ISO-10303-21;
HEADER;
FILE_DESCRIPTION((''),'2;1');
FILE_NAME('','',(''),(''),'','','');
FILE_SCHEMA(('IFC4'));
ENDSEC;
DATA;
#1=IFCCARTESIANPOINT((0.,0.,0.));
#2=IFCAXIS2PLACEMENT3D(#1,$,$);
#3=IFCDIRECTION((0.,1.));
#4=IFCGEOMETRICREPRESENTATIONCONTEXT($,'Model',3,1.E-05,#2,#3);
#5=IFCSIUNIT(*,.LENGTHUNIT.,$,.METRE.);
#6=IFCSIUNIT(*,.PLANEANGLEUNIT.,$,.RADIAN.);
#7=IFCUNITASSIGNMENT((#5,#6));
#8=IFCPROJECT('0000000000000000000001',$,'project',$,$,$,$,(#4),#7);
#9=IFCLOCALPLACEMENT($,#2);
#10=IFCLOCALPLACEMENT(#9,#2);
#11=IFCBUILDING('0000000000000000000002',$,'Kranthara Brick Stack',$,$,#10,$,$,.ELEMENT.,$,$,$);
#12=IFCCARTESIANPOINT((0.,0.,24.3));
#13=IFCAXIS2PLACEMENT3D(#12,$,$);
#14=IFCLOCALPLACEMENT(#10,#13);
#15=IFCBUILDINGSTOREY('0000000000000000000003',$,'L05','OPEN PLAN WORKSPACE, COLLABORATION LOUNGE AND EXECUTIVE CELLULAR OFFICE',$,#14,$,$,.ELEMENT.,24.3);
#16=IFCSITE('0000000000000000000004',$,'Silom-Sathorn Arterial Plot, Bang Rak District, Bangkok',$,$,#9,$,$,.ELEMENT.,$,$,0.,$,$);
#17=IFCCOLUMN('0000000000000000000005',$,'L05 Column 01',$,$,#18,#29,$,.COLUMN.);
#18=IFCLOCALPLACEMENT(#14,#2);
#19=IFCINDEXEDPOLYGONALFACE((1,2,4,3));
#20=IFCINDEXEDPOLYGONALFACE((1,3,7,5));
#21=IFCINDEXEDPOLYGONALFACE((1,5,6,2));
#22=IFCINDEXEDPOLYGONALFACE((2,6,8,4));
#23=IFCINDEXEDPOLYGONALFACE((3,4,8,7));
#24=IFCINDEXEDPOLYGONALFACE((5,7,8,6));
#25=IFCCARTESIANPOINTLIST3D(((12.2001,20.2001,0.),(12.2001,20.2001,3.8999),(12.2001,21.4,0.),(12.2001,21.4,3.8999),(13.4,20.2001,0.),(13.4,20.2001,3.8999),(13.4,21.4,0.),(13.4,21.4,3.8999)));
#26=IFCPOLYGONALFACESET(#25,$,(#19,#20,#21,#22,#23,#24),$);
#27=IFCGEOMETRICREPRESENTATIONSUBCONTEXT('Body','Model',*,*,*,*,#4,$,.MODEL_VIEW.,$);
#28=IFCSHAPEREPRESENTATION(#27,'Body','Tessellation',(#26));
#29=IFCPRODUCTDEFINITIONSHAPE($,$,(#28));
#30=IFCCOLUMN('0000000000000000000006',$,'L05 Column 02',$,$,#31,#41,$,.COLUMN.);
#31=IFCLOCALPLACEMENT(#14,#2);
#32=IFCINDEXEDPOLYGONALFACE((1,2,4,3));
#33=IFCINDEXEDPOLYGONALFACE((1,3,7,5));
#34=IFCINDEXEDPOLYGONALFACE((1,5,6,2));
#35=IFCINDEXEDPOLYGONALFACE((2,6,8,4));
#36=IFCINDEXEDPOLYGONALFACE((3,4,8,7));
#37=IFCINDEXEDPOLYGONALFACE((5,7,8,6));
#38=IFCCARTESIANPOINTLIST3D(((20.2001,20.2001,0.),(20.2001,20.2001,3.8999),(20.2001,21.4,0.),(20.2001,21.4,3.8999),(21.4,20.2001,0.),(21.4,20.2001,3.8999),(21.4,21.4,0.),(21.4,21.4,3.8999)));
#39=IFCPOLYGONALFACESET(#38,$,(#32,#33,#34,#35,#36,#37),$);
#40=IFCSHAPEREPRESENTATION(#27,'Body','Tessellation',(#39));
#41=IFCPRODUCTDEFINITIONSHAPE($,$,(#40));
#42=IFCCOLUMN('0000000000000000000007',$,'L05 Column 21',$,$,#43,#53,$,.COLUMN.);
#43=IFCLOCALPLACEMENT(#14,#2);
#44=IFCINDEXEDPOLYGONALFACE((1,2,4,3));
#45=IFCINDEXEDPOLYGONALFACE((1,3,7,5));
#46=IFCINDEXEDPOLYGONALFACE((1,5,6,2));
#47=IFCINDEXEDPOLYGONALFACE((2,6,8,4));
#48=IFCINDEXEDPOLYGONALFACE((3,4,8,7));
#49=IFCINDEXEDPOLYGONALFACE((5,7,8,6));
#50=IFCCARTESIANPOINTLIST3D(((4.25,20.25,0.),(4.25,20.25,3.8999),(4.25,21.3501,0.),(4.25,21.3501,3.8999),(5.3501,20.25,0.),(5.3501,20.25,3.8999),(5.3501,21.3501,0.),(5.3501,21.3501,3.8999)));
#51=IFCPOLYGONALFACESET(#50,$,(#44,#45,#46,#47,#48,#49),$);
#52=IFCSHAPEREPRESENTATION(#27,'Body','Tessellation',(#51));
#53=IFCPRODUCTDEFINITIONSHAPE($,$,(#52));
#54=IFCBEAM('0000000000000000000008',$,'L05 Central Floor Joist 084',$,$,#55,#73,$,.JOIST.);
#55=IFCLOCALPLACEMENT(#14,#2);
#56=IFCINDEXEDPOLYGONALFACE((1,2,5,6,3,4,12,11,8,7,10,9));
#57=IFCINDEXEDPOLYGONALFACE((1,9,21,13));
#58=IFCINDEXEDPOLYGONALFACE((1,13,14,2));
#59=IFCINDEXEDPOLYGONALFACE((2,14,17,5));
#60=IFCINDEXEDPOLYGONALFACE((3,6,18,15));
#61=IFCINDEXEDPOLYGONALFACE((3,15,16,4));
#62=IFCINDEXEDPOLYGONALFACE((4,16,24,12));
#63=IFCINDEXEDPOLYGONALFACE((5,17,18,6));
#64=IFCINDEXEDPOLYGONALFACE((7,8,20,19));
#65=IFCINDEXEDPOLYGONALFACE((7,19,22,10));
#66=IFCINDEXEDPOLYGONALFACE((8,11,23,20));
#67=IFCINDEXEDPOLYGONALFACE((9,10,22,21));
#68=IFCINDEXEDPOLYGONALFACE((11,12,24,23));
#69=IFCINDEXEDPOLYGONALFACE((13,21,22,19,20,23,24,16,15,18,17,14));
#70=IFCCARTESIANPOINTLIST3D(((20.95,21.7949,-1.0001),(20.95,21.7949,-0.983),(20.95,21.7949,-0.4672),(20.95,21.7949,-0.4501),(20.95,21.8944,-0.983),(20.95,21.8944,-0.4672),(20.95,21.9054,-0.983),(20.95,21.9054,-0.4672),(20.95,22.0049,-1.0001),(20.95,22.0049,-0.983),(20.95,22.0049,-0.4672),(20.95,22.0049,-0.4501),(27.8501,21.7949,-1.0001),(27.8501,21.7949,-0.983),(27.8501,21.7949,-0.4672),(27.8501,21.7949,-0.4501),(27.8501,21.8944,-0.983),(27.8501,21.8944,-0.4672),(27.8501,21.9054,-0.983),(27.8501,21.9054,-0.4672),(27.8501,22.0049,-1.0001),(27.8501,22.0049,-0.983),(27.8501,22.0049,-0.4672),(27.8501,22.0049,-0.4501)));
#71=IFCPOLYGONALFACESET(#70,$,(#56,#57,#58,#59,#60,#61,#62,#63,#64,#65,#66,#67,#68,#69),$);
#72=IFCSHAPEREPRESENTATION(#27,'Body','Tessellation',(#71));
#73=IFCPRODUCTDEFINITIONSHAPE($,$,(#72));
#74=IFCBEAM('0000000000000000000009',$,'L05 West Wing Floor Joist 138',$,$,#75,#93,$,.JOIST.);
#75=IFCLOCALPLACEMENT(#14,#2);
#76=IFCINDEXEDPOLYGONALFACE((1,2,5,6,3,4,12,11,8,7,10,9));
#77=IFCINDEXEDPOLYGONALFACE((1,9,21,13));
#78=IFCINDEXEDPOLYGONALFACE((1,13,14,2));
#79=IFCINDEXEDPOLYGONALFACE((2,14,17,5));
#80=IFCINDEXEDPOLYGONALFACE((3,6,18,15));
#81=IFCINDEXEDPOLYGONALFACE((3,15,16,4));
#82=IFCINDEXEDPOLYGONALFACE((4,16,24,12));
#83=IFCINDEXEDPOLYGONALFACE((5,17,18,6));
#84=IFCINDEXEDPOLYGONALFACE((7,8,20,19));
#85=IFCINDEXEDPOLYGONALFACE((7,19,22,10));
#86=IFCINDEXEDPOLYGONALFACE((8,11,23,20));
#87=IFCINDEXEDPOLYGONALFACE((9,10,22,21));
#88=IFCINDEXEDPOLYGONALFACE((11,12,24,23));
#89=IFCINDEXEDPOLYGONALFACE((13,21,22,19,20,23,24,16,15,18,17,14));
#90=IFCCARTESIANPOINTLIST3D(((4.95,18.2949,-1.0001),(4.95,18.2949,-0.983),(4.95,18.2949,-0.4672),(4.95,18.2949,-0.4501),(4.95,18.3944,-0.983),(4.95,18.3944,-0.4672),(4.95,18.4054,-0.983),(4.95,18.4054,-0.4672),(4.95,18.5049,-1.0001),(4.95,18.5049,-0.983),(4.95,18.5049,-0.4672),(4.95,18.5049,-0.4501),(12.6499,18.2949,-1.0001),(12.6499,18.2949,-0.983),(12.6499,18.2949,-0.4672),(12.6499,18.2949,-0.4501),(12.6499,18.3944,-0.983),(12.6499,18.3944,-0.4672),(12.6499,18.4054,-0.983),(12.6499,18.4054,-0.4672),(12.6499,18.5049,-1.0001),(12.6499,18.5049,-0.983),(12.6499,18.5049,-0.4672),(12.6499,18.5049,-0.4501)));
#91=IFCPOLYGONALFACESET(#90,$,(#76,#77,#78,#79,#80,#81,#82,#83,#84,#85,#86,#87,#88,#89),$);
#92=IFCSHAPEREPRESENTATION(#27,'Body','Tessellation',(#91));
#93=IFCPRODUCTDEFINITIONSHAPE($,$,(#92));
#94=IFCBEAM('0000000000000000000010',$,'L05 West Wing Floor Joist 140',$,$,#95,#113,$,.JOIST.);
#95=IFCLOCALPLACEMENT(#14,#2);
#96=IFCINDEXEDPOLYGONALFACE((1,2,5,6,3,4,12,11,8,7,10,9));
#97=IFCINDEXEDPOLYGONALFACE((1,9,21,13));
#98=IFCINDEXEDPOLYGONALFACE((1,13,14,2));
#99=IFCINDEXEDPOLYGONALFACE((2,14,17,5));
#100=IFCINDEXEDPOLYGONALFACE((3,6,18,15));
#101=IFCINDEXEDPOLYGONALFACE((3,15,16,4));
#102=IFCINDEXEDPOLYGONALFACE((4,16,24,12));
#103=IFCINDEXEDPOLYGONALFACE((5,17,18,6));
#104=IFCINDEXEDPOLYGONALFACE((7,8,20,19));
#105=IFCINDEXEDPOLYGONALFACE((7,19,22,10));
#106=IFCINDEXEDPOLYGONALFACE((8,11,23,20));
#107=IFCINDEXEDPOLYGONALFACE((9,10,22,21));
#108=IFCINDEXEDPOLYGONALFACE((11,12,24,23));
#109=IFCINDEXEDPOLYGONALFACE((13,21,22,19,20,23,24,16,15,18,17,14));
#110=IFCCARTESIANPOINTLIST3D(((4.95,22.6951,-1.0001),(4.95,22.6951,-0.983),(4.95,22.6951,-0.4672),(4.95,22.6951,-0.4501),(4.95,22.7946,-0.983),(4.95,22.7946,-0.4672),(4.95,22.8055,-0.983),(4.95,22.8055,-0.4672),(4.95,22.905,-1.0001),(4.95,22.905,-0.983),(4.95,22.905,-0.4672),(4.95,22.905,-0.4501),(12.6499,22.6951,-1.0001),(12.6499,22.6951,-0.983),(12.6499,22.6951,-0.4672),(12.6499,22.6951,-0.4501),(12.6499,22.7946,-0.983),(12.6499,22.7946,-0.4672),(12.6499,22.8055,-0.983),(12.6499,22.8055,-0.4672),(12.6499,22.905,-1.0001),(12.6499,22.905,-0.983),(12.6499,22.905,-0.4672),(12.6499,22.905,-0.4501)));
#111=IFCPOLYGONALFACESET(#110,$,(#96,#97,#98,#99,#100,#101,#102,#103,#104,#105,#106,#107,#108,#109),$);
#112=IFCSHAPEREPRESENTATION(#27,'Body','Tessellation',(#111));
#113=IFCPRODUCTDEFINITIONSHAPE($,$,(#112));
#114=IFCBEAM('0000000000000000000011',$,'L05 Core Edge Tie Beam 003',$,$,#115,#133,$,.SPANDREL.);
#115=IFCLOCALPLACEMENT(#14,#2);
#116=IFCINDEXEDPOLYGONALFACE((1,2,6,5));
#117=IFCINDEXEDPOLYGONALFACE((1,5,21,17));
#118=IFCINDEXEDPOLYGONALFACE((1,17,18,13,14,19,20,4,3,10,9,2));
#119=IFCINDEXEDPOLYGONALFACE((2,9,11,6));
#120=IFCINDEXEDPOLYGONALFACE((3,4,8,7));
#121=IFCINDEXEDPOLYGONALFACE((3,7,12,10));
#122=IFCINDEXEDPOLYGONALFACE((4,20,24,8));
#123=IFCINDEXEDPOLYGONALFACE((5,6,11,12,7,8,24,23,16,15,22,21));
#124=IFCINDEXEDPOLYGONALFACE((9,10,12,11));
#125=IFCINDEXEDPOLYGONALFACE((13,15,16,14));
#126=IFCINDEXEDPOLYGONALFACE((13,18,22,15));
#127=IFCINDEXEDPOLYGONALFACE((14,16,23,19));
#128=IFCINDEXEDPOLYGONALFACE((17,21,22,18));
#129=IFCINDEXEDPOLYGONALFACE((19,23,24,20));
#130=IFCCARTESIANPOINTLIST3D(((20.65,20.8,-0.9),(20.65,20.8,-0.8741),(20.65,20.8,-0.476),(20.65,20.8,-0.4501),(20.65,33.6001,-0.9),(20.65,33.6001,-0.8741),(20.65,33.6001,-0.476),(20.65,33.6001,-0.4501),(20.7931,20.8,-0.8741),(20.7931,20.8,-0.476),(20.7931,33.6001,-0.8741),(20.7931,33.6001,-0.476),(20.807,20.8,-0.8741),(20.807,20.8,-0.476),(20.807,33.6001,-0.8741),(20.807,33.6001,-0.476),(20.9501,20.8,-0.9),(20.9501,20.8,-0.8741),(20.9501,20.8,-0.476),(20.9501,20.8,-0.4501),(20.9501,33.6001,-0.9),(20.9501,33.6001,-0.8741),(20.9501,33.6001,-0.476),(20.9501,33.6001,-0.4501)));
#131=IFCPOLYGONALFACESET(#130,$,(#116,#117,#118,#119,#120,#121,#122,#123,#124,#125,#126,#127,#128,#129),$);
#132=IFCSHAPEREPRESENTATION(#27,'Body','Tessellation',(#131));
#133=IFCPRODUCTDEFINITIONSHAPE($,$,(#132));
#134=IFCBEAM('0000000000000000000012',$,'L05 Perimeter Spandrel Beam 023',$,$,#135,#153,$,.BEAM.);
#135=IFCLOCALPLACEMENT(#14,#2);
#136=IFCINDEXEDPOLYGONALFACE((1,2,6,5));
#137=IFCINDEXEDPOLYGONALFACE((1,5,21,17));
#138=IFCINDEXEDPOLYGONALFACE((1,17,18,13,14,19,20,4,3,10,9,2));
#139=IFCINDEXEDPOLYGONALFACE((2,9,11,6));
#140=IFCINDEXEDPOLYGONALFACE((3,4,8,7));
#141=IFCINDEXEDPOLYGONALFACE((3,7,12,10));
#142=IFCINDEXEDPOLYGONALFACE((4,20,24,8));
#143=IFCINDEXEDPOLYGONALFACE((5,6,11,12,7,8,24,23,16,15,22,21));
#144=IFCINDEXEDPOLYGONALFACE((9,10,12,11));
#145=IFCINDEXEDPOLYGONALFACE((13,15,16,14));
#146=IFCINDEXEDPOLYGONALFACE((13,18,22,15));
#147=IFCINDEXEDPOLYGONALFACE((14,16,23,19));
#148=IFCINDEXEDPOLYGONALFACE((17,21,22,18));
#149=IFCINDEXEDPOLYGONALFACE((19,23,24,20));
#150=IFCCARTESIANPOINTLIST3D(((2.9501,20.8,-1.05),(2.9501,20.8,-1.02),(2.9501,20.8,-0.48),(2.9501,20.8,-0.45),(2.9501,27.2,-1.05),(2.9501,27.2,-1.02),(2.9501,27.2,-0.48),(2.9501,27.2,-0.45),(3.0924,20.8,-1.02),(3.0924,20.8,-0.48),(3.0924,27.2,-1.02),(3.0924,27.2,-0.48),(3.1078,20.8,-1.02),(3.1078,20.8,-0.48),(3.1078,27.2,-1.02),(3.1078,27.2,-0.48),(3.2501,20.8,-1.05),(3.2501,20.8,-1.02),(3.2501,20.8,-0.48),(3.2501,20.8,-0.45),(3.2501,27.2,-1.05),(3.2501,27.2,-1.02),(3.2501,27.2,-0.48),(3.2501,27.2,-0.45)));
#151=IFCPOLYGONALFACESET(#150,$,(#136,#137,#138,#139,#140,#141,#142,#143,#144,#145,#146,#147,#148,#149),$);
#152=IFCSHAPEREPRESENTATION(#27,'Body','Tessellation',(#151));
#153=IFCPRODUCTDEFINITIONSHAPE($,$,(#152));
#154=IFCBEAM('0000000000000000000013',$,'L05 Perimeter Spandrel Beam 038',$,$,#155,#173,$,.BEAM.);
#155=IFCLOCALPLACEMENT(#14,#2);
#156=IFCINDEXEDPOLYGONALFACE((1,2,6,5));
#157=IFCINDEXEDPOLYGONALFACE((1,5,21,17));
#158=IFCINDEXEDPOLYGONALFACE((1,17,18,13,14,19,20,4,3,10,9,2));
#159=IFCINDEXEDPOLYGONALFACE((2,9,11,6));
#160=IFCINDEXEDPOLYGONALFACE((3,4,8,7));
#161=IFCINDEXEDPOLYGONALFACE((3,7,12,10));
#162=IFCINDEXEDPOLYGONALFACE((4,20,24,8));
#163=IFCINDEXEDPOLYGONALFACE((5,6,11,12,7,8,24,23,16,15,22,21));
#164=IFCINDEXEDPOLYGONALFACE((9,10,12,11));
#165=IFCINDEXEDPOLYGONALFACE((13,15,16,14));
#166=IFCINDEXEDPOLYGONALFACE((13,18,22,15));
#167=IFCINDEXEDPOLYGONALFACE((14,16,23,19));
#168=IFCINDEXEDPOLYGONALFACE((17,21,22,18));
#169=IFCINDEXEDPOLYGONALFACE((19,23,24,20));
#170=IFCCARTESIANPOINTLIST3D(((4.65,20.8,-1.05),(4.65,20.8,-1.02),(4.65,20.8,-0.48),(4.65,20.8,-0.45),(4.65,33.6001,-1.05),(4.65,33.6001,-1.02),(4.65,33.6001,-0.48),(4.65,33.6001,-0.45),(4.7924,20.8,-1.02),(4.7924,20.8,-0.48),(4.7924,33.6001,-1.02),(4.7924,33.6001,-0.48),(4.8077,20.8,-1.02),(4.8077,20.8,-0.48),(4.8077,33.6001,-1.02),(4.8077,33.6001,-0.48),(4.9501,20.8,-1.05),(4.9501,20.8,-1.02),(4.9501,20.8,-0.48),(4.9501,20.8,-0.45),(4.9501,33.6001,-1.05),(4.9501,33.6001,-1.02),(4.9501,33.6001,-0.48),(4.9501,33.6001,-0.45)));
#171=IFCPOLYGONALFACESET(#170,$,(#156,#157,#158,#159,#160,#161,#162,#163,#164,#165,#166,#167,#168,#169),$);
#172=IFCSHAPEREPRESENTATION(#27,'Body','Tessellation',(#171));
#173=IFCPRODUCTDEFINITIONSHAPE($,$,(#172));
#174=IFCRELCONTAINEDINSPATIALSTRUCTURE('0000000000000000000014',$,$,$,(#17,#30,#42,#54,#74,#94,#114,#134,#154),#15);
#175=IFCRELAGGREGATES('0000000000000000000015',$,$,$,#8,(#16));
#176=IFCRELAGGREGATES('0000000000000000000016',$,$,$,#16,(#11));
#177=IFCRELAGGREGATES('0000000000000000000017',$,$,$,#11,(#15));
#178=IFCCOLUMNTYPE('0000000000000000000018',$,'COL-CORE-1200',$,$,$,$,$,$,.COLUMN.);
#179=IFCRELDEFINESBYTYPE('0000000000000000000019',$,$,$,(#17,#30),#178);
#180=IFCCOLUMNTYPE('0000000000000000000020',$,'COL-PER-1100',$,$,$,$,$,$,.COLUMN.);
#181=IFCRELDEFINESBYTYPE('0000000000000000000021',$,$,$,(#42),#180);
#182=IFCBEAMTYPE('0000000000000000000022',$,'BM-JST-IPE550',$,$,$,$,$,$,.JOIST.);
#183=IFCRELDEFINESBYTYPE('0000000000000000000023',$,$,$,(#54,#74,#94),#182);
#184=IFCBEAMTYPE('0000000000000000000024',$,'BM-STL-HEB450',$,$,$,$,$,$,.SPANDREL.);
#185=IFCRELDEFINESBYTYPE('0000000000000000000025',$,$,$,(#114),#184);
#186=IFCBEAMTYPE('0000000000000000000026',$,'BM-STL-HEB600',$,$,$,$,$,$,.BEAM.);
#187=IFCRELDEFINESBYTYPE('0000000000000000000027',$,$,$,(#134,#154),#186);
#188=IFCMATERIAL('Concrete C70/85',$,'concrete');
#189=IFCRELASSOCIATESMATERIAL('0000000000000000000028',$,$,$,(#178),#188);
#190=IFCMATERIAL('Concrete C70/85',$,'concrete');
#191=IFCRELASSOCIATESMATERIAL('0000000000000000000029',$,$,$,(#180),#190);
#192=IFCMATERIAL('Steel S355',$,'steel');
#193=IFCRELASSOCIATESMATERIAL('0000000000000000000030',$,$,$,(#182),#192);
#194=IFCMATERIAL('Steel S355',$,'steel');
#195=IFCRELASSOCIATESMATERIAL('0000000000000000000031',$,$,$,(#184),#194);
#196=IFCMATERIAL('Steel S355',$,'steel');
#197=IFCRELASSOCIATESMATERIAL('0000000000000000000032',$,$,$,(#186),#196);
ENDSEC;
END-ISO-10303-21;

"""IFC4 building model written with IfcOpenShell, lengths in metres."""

from ifc_helpers import new_model, si_unit, direction, frame, origin, origin_2d, place, context, subcontext, project, spatial, rectangle, i_section, extrude, material, material_profile, profile_set, type_object, element, save


model = new_model("IFC4")

# Units and contexts
model_context = context("Model", 3, precision=1e-05, world=origin(), true_north=direction((0.0, 1.0)))
body_context = subcontext(model_context, "Body", "Model", "MODEL_VIEW")
ifc_project = project(units=[si_unit("LENGTHUNIT", "METRE"), si_unit("PLANEANGLEUNIT", "RADIAN")], contexts=[model_context])

# Site, building, storey
site_placement = place(None, origin())
site = spatial("IfcSite", under=ifc_project, at=site_placement, Name="Silom-Sathorn Arterial Plot, Bang Rak District, Bangkok", CompositionType="ELEMENT", RefElevation=0.0)
building_placement = place(site_placement, origin())
building = spatial("IfcBuilding", under=site, at=building_placement, Name="Kranthara Brick Stack", CompositionType="ELEMENT")
storey_placement = place(building_placement, frame((0.0, 0.0, 24.3)))
storey = spatial("IfcBuildingStorey", under=building, at=storey_placement, Name="L05", Description="OPEN PLAN WORKSPACE, COLLABORATION LOUNGE AND EXECUTIVE CELLULAR OFFICE", CompositionType="ELEMENT", Elevation=24.3)

# Columns
ifc_material_1 = material(Name="Concrete C70/85", Category="concrete")
ifc_material_profile_1 = material_profile(ifc_material_1, rectangle(XDim=1.2, YDim=1.2, at=origin_2d()), Name="RC 1200x1200")
ifc_profile_set_1 = profile_set([ifc_material_profile_1], Name="Concrete C70/85")
column_type_1 = type_object("IfcColumnType", Name="COL-CORE-1200", PredefinedType="COLUMN", material=ifc_profile_set_1)
for number, where, z_axis, x_axis, name in (
    (1, (12.8, 20.8, 0.0), (0.0, 0.0, 1.0), (1.0, 0.0, 0.0), "L05 Column 01"),
    (2, (20.8, 20.8, 0.0), (0.0, 0.0, 1.0), (1.0, 0.0, 0.0), "L05 Column 02"),
):
    element("IfcColumn", number, at=place(storey_placement, frame(where, z_axis=z_axis, x_axis=x_axis)), inside=storey, type_object=column_type_1, Name=name, PredefinedType="COLUMN", context=body_context, shape_type="SweptSolid", body=[
        extrude(rectangle(XDim=1.2, YDim=1.2, at=origin_2d()), origin(), (0.0, 0.0, 1.0), 3.8999),
    ])
ifc_material_2 = material(Name="Concrete C70/85", Category="concrete")
ifc_material_profile_2 = material_profile(ifc_material_2, rectangle(XDim=1.1001, YDim=1.1001, at=origin_2d()), Name="RC 1100x1100")
ifc_profile_set_2 = profile_set([ifc_material_profile_2], Name="Concrete C70/85")
column_type_2 = type_object("IfcColumnType", Name="COL-PER-1100", PredefinedType="COLUMN", material=ifc_profile_set_2)
column_placement = place(storey_placement, frame((4.8, 20.8, 0.0), z_axis=(0.0, 0.0, 1.0), x_axis=(1.0, 0.0, 0.0)))
element("IfcColumn", 3, at=column_placement, inside=storey, type_object=column_type_2, Name="L05 Column 21", PredefinedType="COLUMN", context=body_context, shape_type="SweptSolid", body=[
    extrude(rectangle(XDim=1.1001, YDim=1.1001, at=origin_2d()), origin(), (0.0, 0.0, 1.0), 3.8999),
])

# Beams
ifc_material_3 = material(Name="Steel S355", Category="steel")
ifc_material_profile_3 = material_profile(ifc_material_3, i_section(OverallWidth=0.21, OverallDepth=0.55, WebThickness=0.011, FlangeThickness=0.0171, at=origin_2d()), Name="IPE 550")
ifc_profile_set_3 = profile_set([ifc_material_profile_3], Name="Steel S355")
beam_type_1 = type_object("IfcBeamType", Name="BM-JST-IPE550", PredefinedType="JOIST", material=ifc_profile_set_3)
beam_1_placement = place(storey_placement, frame((20.95, 21.8999, -0.7251), z_axis=(1.0, 0.0, 0.0), x_axis=(0.0, 1.0, 0.0)))
element("IfcBeam", 4, at=beam_1_placement, inside=storey, type_object=beam_type_1, Name="L05 Central Floor Joist 084", PredefinedType="JOIST", context=body_context, shape_type="SweptSolid", body=[
    extrude(i_section(OverallWidth=0.21, OverallDepth=0.55, WebThickness=0.011, FlangeThickness=0.0171, at=origin_2d()), origin(), (0.0, 0.0, 1.0), 6.9001),
])
for number, where, z_axis, x_axis, name in (
    (5, (4.95, 18.3999, -0.7251), (1.0, 0.0, 0.0), (0.0, 1.0, 0.0), "L05 West Wing Floor Joist 138"),
    (6, (4.95, 22.8, -0.7251), (1.0, 0.0, 0.0), (0.0, 1.0, 0.0), "L05 West Wing Floor Joist 140"),
):
    element("IfcBeam", number, at=place(storey_placement, frame(where, z_axis=z_axis, x_axis=x_axis)), inside=storey, type_object=beam_type_1, Name=name, PredefinedType="JOIST", context=body_context, shape_type="SweptSolid", body=[
        extrude(i_section(OverallWidth=0.21, OverallDepth=0.55, WebThickness=0.011, FlangeThickness=0.0171, at=origin_2d()), origin(), (0.0, 0.0, 1.0), 7.7),
    ])
ifc_material_4 = material(Name="Steel S355", Category="steel")
ifc_material_profile_4 = material_profile(ifc_material_4, i_section(OverallWidth=0.3, OverallDepth=0.45, WebThickness=0.0139, FlangeThickness=0.0259, at=origin_2d()), Name="HEB 450")
ifc_profile_set_4 = profile_set([ifc_material_profile_4], Name="Steel S355")
beam_type_2 = type_object("IfcBeamType", Name="BM-STL-HEB450", PredefinedType="SPANDREL", material=ifc_profile_set_4)
beam_2_placement = place(storey_placement, frame((20.8, 20.8, -0.675), z_axis=(0.0, 1.0, 0.0), x_axis=(-1.0, 0.0, 0.0)))
element("IfcBeam", 7, at=beam_2_placement, inside=storey, type_object=beam_type_2, Name="L05 Core Edge Tie Beam 003", PredefinedType="SPANDREL", context=body_context, shape_type="SweptSolid", body=[
    extrude(i_section(OverallWidth=0.3, OverallDepth=0.45, WebThickness=0.0139, FlangeThickness=0.0259, at=origin_2d()), origin(), (0.0, 0.0, 1.0), 12.8),
])
ifc_material_5 = material(Name="Steel S355", Category="steel")
ifc_material_profile_5 = material_profile(ifc_material_5, i_section(OverallWidth=0.3, OverallDepth=0.6001, WebThickness=0.0154, FlangeThickness=0.03, at=origin_2d()), Name="HEB 600")
ifc_profile_set_5 = profile_set([ifc_material_profile_5], Name="Steel S355")
beam_type_3 = type_object("IfcBeamType", Name="BM-STL-HEB600", PredefinedType="BEAM", material=ifc_profile_set_5)
beam_3_placement = place(storey_placement, frame((3.1001, 20.8, -0.75), z_axis=(0.0, 1.0, 0.0), x_axis=(-1.0, 0.0, 0.0)))
element("IfcBeam", 8, at=beam_3_placement, inside=storey, type_object=beam_type_3, Name="L05 Perimeter Spandrel Beam 023", PredefinedType="BEAM", context=body_context, shape_type="SweptSolid", body=[
    extrude(i_section(OverallWidth=0.3, OverallDepth=0.6001, WebThickness=0.0154, FlangeThickness=0.03, at=origin_2d()), origin(), (0.0, 0.0, 1.0), 6.3999),
])
beam_4_placement = place(storey_placement, frame((4.8, 20.8, -0.75), z_axis=(0.0, 1.0, 0.0), x_axis=(-1.0, 0.0, 0.0)))
element("IfcBeam", 9, at=beam_4_placement, inside=storey, type_object=beam_type_3, Name="L05 Perimeter Spandrel Beam 038", PredefinedType="BEAM", context=body_context, shape_type="SweptSolid", body=[
    extrude(i_section(OverallWidth=0.3, OverallDepth=0.6001, WebThickness=0.0154, FlangeThickness=0.03, at=origin_2d()), origin(), (0.0, 0.0, 1.0), 12.8),
])

save(model, "model.ifc")
